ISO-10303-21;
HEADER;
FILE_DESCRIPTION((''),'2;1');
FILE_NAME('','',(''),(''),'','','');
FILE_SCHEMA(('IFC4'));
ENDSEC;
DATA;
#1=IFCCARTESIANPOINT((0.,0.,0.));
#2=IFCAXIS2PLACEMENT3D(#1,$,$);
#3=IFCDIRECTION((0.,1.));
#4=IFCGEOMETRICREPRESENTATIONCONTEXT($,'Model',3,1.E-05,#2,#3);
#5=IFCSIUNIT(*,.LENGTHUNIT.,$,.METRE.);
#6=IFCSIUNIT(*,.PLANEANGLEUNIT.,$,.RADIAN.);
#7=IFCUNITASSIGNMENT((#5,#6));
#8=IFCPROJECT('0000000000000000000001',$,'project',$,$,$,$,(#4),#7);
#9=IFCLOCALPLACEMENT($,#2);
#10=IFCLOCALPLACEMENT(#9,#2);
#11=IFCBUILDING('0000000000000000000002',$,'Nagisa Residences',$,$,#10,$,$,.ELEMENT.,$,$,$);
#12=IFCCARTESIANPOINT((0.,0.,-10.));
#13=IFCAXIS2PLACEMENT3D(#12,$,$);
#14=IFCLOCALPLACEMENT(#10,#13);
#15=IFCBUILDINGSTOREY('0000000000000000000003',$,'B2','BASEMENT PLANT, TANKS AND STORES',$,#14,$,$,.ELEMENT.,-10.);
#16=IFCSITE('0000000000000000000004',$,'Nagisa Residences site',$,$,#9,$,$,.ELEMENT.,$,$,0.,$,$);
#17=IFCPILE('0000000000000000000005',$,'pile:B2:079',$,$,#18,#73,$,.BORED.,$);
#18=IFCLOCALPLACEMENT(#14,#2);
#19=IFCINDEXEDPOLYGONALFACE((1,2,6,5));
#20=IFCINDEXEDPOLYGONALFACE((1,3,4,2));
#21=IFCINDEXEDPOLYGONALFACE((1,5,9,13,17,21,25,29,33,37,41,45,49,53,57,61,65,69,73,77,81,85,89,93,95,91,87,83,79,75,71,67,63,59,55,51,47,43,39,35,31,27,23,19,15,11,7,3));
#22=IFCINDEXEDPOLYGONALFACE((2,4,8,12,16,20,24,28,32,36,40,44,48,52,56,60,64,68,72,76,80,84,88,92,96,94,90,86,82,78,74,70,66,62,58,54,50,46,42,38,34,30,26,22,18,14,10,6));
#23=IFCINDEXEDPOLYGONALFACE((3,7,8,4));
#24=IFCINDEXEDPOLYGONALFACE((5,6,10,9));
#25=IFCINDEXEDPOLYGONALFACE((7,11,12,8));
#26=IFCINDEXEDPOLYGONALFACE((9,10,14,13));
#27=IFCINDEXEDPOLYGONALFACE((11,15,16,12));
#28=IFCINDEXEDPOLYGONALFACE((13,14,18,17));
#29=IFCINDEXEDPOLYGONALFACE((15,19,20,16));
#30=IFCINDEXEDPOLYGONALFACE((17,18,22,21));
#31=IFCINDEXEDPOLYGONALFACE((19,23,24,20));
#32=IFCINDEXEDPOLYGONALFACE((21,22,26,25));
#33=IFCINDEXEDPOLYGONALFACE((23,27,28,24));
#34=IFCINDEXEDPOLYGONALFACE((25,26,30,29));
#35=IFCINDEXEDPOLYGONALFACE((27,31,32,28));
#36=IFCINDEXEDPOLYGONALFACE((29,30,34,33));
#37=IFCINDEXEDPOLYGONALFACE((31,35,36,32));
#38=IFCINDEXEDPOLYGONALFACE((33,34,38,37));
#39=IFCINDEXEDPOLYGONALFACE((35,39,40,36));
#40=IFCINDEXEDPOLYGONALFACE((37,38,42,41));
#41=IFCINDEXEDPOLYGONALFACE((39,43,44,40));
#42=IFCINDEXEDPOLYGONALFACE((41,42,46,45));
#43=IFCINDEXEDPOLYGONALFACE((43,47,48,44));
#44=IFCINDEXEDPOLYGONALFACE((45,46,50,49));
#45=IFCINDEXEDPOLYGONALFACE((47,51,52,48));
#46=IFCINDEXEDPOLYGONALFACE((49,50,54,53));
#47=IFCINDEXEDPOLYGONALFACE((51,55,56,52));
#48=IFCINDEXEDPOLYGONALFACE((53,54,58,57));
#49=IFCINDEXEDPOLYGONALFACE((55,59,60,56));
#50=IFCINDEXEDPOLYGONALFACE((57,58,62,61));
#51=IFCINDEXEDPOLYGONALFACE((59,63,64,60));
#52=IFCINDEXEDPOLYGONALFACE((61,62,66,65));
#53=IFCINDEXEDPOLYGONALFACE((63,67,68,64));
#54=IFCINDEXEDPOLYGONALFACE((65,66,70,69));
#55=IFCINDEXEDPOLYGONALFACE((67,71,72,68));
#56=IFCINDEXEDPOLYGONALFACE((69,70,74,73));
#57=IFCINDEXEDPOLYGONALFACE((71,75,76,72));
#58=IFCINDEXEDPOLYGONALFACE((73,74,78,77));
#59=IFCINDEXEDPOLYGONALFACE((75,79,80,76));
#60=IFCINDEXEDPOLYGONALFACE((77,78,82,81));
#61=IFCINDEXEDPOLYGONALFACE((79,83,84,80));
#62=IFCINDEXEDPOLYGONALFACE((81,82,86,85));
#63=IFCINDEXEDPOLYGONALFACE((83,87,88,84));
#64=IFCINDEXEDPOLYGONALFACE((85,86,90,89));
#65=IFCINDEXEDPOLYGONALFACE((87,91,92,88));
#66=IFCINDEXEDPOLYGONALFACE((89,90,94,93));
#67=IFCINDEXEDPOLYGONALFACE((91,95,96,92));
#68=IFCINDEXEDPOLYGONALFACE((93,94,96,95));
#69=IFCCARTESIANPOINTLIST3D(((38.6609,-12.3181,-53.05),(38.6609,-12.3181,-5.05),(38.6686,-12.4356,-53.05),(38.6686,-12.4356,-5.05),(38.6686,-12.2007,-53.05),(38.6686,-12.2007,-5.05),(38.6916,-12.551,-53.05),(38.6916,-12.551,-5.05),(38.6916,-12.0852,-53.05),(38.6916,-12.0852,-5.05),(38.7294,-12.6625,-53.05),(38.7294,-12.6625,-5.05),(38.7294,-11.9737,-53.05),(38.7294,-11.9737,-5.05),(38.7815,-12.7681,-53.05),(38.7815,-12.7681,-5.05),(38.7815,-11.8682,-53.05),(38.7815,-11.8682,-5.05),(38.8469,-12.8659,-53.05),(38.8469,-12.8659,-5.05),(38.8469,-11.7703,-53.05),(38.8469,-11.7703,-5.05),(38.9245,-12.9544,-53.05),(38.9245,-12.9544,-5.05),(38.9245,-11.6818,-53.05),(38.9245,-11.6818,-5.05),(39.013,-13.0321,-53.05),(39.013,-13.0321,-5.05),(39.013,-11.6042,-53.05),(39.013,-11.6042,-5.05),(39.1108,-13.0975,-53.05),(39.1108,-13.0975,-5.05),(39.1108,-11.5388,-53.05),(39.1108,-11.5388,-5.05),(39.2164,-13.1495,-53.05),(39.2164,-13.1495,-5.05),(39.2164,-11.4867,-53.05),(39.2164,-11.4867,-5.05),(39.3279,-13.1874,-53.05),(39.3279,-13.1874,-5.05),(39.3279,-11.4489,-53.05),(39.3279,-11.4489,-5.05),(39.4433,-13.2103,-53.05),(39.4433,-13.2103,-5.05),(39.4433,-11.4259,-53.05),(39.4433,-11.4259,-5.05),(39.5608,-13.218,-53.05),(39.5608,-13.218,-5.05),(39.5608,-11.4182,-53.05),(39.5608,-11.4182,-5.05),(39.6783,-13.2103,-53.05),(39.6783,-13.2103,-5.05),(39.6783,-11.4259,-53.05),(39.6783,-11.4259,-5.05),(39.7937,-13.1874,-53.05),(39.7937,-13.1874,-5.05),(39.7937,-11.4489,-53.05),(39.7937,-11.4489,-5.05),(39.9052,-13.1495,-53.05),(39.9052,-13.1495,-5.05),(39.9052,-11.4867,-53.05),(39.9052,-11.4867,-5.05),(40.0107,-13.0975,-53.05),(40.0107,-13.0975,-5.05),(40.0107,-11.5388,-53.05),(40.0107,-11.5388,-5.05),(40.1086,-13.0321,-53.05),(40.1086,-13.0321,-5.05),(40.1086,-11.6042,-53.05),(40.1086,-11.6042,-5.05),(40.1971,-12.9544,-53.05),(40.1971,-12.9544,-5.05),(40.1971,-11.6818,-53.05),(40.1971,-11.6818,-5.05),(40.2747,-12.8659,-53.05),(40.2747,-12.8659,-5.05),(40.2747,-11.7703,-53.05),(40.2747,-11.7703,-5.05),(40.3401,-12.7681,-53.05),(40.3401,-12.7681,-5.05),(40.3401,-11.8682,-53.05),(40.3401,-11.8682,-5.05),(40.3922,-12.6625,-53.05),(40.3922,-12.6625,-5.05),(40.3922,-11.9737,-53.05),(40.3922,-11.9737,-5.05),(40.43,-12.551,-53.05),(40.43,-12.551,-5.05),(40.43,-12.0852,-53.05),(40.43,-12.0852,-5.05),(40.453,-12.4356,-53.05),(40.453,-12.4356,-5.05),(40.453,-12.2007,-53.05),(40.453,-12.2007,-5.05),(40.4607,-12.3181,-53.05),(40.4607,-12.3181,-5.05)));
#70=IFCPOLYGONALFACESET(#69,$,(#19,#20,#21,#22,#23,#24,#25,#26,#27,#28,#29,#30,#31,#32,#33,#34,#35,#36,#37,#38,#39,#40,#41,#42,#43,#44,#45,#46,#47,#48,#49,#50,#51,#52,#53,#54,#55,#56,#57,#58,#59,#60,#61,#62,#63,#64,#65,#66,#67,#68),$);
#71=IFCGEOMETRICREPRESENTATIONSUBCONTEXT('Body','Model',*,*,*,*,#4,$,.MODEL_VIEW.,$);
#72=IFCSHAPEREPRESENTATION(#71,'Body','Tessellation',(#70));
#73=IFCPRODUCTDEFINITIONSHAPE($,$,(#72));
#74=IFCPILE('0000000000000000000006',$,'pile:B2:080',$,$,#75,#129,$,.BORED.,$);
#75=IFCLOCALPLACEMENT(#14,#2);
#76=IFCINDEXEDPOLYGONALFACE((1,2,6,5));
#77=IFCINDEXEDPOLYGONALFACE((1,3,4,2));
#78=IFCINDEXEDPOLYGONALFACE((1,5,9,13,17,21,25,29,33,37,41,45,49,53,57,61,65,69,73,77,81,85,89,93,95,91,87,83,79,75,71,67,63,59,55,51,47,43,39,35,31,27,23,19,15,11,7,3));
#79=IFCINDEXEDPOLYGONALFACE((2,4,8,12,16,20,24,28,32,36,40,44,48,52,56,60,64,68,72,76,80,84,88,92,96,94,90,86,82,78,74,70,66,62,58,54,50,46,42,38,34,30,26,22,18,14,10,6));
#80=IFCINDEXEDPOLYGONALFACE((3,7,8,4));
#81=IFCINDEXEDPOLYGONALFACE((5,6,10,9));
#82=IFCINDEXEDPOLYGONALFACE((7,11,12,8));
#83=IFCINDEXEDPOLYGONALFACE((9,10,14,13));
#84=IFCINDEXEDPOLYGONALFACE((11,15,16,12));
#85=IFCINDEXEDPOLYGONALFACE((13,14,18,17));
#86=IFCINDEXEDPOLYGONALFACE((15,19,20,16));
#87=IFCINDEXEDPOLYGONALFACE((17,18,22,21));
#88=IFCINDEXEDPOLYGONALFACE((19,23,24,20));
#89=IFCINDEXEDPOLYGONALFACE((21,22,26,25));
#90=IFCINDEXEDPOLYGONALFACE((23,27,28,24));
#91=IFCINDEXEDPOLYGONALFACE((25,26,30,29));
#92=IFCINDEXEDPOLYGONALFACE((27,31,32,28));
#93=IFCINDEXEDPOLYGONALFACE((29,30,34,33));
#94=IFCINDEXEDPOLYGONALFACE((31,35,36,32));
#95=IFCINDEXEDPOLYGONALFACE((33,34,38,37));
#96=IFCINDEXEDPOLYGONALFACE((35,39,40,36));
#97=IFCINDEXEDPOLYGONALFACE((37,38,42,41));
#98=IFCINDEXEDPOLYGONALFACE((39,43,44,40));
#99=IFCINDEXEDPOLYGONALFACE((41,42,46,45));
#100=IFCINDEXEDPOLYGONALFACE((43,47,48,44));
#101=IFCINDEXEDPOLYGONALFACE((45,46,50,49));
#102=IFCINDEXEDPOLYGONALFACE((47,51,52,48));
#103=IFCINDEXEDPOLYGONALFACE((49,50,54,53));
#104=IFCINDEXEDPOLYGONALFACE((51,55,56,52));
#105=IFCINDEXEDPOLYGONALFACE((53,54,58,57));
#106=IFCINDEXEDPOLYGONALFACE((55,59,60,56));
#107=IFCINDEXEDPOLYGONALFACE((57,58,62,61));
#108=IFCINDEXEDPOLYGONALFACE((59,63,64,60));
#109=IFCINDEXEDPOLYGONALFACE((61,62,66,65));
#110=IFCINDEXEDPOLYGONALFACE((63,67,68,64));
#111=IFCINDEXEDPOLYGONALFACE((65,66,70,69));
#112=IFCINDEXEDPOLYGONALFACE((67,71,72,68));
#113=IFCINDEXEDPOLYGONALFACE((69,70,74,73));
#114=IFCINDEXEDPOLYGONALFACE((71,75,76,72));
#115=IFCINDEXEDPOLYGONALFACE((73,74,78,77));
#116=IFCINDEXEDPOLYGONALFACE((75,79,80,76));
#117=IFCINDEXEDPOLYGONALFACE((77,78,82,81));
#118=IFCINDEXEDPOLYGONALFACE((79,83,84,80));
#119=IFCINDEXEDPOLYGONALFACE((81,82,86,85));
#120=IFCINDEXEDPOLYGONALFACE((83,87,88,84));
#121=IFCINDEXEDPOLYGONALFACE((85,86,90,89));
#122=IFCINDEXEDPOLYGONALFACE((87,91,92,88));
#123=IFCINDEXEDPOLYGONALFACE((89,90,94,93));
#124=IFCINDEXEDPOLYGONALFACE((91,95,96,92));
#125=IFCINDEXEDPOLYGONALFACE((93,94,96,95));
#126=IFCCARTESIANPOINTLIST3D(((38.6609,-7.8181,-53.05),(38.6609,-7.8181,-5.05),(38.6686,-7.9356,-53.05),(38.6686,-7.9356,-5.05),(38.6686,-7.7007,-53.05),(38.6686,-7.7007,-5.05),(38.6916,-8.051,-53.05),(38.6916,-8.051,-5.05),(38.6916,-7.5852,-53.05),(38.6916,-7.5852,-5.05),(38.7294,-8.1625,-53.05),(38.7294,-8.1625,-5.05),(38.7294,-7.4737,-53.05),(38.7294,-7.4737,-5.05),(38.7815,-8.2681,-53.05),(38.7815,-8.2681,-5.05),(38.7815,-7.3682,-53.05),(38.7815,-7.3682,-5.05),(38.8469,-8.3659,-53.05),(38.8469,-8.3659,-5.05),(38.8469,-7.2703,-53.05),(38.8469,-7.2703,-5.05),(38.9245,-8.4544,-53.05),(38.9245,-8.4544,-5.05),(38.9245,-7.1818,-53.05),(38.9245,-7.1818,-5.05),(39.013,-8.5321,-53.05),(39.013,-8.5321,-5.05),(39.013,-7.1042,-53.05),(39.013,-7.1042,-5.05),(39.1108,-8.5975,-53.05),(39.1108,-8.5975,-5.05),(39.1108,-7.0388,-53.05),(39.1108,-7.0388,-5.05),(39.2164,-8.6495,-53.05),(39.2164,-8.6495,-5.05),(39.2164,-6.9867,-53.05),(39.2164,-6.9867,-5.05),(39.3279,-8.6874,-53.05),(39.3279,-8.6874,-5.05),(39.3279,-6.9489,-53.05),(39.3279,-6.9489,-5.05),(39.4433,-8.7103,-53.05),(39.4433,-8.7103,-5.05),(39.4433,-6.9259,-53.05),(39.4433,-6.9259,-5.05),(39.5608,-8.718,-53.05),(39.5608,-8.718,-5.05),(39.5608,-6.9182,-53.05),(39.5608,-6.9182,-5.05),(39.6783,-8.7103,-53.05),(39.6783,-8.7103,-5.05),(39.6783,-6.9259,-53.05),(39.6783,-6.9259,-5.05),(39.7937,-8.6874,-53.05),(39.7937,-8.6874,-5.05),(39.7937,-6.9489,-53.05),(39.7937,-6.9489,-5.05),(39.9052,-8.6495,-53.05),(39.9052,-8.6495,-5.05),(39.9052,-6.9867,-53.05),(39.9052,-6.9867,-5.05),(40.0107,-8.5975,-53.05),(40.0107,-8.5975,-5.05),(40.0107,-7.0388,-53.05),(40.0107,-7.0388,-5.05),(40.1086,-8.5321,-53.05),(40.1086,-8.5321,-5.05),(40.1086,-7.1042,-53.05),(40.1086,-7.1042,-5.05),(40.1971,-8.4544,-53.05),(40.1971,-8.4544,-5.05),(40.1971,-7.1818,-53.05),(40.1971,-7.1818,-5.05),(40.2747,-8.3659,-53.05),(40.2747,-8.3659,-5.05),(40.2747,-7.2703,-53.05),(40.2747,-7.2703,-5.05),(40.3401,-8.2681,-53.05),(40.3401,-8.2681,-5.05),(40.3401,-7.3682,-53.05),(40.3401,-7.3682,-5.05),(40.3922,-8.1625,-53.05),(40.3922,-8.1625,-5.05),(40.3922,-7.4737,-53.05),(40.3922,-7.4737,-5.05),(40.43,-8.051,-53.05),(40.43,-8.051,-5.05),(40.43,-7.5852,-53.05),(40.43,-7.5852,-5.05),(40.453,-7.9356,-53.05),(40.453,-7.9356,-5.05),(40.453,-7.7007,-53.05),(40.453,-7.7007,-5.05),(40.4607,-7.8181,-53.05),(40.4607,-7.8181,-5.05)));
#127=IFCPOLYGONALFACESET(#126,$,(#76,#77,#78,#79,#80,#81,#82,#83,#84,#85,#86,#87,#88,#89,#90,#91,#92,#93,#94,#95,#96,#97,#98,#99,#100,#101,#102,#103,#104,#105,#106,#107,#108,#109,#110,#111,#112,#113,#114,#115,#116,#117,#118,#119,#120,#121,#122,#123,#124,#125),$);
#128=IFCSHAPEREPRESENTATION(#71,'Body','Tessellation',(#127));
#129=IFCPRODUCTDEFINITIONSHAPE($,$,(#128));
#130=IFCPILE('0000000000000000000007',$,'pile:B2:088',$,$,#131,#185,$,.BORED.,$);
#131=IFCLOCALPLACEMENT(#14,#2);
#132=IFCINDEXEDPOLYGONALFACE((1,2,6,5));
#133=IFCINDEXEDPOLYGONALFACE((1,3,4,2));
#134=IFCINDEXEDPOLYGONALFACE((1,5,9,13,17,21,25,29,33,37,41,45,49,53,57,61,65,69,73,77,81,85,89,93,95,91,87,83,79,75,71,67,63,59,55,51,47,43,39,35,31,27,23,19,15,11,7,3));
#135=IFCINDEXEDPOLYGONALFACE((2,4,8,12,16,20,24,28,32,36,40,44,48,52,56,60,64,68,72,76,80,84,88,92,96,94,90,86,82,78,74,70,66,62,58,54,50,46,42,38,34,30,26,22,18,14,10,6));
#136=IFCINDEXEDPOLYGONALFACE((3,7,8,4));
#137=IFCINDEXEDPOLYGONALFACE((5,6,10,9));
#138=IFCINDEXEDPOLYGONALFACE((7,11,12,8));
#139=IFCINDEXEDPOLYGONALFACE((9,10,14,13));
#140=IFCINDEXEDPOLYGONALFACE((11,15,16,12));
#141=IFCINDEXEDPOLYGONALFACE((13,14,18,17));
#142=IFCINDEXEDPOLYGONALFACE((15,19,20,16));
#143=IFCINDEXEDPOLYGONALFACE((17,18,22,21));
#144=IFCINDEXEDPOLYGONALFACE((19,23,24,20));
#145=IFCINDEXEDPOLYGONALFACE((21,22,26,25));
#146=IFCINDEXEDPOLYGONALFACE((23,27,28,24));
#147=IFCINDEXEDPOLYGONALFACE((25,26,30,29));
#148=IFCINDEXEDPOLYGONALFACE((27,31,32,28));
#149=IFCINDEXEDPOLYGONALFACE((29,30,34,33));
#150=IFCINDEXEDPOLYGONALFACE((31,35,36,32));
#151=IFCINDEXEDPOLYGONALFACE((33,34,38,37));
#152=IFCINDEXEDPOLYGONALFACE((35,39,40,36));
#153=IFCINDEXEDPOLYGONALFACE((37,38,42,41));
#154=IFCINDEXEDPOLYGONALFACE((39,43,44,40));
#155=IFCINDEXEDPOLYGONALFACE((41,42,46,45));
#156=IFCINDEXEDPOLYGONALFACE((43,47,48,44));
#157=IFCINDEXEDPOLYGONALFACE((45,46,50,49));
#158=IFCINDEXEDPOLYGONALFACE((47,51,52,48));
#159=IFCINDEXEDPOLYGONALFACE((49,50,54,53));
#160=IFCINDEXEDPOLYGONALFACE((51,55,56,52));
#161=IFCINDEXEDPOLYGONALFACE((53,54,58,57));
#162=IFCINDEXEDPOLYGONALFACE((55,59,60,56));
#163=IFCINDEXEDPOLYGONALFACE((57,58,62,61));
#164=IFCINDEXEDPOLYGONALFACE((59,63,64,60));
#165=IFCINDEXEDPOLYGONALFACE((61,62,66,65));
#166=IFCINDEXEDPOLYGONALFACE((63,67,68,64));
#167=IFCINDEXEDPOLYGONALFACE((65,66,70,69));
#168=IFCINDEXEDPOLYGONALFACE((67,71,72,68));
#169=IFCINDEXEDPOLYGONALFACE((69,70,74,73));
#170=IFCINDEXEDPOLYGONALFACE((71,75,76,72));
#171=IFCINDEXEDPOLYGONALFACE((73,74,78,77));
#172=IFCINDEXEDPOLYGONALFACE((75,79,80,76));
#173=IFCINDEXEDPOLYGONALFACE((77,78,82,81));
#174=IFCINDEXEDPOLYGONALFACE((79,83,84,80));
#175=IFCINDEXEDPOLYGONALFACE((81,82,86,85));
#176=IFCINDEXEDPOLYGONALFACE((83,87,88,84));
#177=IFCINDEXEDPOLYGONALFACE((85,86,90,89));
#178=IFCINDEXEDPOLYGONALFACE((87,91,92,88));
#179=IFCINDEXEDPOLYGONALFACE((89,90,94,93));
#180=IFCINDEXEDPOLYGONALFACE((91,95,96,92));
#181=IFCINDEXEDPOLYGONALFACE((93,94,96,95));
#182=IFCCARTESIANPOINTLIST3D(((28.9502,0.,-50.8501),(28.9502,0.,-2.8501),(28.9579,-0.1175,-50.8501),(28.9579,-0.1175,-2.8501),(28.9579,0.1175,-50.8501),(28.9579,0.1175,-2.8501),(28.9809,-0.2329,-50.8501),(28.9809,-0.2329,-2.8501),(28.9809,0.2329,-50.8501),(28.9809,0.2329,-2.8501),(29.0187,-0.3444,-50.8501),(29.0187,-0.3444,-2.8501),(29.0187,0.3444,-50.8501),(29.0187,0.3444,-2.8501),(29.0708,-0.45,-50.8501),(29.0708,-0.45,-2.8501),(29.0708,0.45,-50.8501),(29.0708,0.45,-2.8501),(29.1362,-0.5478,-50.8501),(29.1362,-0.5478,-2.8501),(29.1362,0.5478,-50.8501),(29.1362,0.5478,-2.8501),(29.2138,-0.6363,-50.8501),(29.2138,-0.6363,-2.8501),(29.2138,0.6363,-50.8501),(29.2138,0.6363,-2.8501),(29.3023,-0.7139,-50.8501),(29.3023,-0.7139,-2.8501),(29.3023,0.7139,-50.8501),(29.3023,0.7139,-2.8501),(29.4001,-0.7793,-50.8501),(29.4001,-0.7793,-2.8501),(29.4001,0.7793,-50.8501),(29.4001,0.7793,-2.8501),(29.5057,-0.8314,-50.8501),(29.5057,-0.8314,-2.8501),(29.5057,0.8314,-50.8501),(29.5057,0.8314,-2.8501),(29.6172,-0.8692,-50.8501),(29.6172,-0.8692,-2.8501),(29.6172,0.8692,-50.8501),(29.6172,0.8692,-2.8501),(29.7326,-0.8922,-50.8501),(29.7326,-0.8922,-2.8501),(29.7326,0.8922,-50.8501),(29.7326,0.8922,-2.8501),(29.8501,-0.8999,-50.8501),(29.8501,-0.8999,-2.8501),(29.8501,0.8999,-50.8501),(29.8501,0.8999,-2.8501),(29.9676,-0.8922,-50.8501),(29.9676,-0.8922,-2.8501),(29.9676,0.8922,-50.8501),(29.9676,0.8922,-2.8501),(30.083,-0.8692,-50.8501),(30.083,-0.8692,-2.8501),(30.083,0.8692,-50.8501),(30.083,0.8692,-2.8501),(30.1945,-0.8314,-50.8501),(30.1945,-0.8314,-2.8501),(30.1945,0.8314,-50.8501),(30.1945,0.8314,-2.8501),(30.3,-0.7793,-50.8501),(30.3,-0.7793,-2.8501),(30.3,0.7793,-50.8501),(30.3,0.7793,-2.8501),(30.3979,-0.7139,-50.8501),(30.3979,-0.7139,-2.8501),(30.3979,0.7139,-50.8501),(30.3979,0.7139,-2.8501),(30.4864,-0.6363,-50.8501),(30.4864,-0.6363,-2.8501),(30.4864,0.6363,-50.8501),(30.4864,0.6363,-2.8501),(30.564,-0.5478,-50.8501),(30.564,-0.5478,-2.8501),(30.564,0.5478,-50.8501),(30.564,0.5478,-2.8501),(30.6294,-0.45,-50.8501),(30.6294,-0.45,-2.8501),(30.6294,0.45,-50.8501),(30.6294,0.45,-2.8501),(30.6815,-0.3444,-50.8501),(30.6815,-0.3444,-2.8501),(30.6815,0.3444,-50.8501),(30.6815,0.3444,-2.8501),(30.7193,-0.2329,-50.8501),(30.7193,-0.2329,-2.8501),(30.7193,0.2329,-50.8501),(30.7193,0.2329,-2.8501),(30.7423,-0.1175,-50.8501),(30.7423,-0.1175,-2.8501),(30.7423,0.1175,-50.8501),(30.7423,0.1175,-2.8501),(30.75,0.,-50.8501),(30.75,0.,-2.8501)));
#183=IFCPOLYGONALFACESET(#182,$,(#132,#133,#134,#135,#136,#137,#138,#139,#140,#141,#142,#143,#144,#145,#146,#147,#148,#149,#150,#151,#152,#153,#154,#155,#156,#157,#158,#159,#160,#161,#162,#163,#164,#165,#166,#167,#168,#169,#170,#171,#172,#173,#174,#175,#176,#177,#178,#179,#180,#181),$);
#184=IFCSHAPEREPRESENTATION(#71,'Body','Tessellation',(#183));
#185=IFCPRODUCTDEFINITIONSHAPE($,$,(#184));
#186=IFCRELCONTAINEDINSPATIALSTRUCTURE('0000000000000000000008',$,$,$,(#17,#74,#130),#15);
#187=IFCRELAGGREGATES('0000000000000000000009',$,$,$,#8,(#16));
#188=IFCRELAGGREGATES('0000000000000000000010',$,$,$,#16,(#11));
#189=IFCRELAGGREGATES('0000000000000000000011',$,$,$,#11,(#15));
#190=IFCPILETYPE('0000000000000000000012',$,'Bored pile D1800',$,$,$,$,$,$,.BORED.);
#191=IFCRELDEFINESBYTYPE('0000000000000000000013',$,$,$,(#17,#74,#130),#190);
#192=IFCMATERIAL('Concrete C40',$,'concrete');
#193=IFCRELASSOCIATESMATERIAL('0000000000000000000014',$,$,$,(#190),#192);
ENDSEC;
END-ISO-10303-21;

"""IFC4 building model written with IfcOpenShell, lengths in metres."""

from ifc_helpers import new_model, si_unit, direction, frame, origin, origin_2d, place, context, subcontext, project, spatial, circle, extrude, material, material_profile, profile_set, type_object, element, save


model = new_model("IFC4")

# Units and contexts
model_context = context("Model", 3, precision=1e-05, world=origin(), true_north=direction((0.0, 1.0)))
body_context = subcontext(model_context, "Body", "Model", "MODEL_VIEW")
ifc_project = project(units=[si_unit("LENGTHUNIT", "METRE"), si_unit("PLANEANGLEUNIT", "RADIAN")], contexts=[model_context])

# Site, building, storey
site_placement = place(None, origin())
site = spatial("IfcSite", under=ifc_project, at=site_placement, Name="Nagisa Residences site", CompositionType="ELEMENT", RefElevation=0.0)
building_placement = place(site_placement, origin())
building = spatial("IfcBuilding", under=site, at=building_placement, Name="Nagisa Residences", CompositionType="ELEMENT")
storey_placement = place(building_placement, frame((0.0, 0.0, -10.0)))
storey = spatial("IfcBuildingStorey", under=building, at=storey_placement, Name="B2", Description="BASEMENT PLANT, TANKS AND STORES", CompositionType="ELEMENT", Elevation=-10.0)

# Piles
ifc_material_1 = material(Name="Concrete C40", Category="concrete")
ifc_material_profile_1 = material_profile(ifc_material_1, circle(Radius=0.8999, at=origin_2d()), Name="Bored pile D1800")
ifc_profile_set_1 = profile_set([ifc_material_profile_1], Name="Concrete C40")
pile_type = type_object("IfcPileType", Name="Bored pile D1800", PredefinedType="BORED", material=ifc_profile_set_1)
for number, where, z_axis, x_axis, name in (
    (1, (39.5608, -12.3181, -5.05), (0.0, 0.0, -1.0), (1.0, 0.0, 0.0), "pile:B2:079"),
    (2, (39.5608, -7.8181, -5.05), (0.0, 0.0, -1.0), (1.0, 0.0, 0.0), "pile:B2:080"),
    (3, (29.8501, 0.0, -2.8501), (0.0, 0.0, -1.0), (1.0, 0.0, 0.0), "pile:B2:088"),
):
    element("IfcPile", number, at=place(storey_placement, frame(where, z_axis=z_axis, x_axis=x_axis)), inside=storey, type_object=pile_type, Name=name, PredefinedType="BORED", context=body_context, shape_type="SweptSolid", body=[
        extrude(circle(Radius=0.8999, at=origin_2d()), origin(), (0.0, 0.0, 1.0), 48.0),
    ])

save(model, "model.ifc")
